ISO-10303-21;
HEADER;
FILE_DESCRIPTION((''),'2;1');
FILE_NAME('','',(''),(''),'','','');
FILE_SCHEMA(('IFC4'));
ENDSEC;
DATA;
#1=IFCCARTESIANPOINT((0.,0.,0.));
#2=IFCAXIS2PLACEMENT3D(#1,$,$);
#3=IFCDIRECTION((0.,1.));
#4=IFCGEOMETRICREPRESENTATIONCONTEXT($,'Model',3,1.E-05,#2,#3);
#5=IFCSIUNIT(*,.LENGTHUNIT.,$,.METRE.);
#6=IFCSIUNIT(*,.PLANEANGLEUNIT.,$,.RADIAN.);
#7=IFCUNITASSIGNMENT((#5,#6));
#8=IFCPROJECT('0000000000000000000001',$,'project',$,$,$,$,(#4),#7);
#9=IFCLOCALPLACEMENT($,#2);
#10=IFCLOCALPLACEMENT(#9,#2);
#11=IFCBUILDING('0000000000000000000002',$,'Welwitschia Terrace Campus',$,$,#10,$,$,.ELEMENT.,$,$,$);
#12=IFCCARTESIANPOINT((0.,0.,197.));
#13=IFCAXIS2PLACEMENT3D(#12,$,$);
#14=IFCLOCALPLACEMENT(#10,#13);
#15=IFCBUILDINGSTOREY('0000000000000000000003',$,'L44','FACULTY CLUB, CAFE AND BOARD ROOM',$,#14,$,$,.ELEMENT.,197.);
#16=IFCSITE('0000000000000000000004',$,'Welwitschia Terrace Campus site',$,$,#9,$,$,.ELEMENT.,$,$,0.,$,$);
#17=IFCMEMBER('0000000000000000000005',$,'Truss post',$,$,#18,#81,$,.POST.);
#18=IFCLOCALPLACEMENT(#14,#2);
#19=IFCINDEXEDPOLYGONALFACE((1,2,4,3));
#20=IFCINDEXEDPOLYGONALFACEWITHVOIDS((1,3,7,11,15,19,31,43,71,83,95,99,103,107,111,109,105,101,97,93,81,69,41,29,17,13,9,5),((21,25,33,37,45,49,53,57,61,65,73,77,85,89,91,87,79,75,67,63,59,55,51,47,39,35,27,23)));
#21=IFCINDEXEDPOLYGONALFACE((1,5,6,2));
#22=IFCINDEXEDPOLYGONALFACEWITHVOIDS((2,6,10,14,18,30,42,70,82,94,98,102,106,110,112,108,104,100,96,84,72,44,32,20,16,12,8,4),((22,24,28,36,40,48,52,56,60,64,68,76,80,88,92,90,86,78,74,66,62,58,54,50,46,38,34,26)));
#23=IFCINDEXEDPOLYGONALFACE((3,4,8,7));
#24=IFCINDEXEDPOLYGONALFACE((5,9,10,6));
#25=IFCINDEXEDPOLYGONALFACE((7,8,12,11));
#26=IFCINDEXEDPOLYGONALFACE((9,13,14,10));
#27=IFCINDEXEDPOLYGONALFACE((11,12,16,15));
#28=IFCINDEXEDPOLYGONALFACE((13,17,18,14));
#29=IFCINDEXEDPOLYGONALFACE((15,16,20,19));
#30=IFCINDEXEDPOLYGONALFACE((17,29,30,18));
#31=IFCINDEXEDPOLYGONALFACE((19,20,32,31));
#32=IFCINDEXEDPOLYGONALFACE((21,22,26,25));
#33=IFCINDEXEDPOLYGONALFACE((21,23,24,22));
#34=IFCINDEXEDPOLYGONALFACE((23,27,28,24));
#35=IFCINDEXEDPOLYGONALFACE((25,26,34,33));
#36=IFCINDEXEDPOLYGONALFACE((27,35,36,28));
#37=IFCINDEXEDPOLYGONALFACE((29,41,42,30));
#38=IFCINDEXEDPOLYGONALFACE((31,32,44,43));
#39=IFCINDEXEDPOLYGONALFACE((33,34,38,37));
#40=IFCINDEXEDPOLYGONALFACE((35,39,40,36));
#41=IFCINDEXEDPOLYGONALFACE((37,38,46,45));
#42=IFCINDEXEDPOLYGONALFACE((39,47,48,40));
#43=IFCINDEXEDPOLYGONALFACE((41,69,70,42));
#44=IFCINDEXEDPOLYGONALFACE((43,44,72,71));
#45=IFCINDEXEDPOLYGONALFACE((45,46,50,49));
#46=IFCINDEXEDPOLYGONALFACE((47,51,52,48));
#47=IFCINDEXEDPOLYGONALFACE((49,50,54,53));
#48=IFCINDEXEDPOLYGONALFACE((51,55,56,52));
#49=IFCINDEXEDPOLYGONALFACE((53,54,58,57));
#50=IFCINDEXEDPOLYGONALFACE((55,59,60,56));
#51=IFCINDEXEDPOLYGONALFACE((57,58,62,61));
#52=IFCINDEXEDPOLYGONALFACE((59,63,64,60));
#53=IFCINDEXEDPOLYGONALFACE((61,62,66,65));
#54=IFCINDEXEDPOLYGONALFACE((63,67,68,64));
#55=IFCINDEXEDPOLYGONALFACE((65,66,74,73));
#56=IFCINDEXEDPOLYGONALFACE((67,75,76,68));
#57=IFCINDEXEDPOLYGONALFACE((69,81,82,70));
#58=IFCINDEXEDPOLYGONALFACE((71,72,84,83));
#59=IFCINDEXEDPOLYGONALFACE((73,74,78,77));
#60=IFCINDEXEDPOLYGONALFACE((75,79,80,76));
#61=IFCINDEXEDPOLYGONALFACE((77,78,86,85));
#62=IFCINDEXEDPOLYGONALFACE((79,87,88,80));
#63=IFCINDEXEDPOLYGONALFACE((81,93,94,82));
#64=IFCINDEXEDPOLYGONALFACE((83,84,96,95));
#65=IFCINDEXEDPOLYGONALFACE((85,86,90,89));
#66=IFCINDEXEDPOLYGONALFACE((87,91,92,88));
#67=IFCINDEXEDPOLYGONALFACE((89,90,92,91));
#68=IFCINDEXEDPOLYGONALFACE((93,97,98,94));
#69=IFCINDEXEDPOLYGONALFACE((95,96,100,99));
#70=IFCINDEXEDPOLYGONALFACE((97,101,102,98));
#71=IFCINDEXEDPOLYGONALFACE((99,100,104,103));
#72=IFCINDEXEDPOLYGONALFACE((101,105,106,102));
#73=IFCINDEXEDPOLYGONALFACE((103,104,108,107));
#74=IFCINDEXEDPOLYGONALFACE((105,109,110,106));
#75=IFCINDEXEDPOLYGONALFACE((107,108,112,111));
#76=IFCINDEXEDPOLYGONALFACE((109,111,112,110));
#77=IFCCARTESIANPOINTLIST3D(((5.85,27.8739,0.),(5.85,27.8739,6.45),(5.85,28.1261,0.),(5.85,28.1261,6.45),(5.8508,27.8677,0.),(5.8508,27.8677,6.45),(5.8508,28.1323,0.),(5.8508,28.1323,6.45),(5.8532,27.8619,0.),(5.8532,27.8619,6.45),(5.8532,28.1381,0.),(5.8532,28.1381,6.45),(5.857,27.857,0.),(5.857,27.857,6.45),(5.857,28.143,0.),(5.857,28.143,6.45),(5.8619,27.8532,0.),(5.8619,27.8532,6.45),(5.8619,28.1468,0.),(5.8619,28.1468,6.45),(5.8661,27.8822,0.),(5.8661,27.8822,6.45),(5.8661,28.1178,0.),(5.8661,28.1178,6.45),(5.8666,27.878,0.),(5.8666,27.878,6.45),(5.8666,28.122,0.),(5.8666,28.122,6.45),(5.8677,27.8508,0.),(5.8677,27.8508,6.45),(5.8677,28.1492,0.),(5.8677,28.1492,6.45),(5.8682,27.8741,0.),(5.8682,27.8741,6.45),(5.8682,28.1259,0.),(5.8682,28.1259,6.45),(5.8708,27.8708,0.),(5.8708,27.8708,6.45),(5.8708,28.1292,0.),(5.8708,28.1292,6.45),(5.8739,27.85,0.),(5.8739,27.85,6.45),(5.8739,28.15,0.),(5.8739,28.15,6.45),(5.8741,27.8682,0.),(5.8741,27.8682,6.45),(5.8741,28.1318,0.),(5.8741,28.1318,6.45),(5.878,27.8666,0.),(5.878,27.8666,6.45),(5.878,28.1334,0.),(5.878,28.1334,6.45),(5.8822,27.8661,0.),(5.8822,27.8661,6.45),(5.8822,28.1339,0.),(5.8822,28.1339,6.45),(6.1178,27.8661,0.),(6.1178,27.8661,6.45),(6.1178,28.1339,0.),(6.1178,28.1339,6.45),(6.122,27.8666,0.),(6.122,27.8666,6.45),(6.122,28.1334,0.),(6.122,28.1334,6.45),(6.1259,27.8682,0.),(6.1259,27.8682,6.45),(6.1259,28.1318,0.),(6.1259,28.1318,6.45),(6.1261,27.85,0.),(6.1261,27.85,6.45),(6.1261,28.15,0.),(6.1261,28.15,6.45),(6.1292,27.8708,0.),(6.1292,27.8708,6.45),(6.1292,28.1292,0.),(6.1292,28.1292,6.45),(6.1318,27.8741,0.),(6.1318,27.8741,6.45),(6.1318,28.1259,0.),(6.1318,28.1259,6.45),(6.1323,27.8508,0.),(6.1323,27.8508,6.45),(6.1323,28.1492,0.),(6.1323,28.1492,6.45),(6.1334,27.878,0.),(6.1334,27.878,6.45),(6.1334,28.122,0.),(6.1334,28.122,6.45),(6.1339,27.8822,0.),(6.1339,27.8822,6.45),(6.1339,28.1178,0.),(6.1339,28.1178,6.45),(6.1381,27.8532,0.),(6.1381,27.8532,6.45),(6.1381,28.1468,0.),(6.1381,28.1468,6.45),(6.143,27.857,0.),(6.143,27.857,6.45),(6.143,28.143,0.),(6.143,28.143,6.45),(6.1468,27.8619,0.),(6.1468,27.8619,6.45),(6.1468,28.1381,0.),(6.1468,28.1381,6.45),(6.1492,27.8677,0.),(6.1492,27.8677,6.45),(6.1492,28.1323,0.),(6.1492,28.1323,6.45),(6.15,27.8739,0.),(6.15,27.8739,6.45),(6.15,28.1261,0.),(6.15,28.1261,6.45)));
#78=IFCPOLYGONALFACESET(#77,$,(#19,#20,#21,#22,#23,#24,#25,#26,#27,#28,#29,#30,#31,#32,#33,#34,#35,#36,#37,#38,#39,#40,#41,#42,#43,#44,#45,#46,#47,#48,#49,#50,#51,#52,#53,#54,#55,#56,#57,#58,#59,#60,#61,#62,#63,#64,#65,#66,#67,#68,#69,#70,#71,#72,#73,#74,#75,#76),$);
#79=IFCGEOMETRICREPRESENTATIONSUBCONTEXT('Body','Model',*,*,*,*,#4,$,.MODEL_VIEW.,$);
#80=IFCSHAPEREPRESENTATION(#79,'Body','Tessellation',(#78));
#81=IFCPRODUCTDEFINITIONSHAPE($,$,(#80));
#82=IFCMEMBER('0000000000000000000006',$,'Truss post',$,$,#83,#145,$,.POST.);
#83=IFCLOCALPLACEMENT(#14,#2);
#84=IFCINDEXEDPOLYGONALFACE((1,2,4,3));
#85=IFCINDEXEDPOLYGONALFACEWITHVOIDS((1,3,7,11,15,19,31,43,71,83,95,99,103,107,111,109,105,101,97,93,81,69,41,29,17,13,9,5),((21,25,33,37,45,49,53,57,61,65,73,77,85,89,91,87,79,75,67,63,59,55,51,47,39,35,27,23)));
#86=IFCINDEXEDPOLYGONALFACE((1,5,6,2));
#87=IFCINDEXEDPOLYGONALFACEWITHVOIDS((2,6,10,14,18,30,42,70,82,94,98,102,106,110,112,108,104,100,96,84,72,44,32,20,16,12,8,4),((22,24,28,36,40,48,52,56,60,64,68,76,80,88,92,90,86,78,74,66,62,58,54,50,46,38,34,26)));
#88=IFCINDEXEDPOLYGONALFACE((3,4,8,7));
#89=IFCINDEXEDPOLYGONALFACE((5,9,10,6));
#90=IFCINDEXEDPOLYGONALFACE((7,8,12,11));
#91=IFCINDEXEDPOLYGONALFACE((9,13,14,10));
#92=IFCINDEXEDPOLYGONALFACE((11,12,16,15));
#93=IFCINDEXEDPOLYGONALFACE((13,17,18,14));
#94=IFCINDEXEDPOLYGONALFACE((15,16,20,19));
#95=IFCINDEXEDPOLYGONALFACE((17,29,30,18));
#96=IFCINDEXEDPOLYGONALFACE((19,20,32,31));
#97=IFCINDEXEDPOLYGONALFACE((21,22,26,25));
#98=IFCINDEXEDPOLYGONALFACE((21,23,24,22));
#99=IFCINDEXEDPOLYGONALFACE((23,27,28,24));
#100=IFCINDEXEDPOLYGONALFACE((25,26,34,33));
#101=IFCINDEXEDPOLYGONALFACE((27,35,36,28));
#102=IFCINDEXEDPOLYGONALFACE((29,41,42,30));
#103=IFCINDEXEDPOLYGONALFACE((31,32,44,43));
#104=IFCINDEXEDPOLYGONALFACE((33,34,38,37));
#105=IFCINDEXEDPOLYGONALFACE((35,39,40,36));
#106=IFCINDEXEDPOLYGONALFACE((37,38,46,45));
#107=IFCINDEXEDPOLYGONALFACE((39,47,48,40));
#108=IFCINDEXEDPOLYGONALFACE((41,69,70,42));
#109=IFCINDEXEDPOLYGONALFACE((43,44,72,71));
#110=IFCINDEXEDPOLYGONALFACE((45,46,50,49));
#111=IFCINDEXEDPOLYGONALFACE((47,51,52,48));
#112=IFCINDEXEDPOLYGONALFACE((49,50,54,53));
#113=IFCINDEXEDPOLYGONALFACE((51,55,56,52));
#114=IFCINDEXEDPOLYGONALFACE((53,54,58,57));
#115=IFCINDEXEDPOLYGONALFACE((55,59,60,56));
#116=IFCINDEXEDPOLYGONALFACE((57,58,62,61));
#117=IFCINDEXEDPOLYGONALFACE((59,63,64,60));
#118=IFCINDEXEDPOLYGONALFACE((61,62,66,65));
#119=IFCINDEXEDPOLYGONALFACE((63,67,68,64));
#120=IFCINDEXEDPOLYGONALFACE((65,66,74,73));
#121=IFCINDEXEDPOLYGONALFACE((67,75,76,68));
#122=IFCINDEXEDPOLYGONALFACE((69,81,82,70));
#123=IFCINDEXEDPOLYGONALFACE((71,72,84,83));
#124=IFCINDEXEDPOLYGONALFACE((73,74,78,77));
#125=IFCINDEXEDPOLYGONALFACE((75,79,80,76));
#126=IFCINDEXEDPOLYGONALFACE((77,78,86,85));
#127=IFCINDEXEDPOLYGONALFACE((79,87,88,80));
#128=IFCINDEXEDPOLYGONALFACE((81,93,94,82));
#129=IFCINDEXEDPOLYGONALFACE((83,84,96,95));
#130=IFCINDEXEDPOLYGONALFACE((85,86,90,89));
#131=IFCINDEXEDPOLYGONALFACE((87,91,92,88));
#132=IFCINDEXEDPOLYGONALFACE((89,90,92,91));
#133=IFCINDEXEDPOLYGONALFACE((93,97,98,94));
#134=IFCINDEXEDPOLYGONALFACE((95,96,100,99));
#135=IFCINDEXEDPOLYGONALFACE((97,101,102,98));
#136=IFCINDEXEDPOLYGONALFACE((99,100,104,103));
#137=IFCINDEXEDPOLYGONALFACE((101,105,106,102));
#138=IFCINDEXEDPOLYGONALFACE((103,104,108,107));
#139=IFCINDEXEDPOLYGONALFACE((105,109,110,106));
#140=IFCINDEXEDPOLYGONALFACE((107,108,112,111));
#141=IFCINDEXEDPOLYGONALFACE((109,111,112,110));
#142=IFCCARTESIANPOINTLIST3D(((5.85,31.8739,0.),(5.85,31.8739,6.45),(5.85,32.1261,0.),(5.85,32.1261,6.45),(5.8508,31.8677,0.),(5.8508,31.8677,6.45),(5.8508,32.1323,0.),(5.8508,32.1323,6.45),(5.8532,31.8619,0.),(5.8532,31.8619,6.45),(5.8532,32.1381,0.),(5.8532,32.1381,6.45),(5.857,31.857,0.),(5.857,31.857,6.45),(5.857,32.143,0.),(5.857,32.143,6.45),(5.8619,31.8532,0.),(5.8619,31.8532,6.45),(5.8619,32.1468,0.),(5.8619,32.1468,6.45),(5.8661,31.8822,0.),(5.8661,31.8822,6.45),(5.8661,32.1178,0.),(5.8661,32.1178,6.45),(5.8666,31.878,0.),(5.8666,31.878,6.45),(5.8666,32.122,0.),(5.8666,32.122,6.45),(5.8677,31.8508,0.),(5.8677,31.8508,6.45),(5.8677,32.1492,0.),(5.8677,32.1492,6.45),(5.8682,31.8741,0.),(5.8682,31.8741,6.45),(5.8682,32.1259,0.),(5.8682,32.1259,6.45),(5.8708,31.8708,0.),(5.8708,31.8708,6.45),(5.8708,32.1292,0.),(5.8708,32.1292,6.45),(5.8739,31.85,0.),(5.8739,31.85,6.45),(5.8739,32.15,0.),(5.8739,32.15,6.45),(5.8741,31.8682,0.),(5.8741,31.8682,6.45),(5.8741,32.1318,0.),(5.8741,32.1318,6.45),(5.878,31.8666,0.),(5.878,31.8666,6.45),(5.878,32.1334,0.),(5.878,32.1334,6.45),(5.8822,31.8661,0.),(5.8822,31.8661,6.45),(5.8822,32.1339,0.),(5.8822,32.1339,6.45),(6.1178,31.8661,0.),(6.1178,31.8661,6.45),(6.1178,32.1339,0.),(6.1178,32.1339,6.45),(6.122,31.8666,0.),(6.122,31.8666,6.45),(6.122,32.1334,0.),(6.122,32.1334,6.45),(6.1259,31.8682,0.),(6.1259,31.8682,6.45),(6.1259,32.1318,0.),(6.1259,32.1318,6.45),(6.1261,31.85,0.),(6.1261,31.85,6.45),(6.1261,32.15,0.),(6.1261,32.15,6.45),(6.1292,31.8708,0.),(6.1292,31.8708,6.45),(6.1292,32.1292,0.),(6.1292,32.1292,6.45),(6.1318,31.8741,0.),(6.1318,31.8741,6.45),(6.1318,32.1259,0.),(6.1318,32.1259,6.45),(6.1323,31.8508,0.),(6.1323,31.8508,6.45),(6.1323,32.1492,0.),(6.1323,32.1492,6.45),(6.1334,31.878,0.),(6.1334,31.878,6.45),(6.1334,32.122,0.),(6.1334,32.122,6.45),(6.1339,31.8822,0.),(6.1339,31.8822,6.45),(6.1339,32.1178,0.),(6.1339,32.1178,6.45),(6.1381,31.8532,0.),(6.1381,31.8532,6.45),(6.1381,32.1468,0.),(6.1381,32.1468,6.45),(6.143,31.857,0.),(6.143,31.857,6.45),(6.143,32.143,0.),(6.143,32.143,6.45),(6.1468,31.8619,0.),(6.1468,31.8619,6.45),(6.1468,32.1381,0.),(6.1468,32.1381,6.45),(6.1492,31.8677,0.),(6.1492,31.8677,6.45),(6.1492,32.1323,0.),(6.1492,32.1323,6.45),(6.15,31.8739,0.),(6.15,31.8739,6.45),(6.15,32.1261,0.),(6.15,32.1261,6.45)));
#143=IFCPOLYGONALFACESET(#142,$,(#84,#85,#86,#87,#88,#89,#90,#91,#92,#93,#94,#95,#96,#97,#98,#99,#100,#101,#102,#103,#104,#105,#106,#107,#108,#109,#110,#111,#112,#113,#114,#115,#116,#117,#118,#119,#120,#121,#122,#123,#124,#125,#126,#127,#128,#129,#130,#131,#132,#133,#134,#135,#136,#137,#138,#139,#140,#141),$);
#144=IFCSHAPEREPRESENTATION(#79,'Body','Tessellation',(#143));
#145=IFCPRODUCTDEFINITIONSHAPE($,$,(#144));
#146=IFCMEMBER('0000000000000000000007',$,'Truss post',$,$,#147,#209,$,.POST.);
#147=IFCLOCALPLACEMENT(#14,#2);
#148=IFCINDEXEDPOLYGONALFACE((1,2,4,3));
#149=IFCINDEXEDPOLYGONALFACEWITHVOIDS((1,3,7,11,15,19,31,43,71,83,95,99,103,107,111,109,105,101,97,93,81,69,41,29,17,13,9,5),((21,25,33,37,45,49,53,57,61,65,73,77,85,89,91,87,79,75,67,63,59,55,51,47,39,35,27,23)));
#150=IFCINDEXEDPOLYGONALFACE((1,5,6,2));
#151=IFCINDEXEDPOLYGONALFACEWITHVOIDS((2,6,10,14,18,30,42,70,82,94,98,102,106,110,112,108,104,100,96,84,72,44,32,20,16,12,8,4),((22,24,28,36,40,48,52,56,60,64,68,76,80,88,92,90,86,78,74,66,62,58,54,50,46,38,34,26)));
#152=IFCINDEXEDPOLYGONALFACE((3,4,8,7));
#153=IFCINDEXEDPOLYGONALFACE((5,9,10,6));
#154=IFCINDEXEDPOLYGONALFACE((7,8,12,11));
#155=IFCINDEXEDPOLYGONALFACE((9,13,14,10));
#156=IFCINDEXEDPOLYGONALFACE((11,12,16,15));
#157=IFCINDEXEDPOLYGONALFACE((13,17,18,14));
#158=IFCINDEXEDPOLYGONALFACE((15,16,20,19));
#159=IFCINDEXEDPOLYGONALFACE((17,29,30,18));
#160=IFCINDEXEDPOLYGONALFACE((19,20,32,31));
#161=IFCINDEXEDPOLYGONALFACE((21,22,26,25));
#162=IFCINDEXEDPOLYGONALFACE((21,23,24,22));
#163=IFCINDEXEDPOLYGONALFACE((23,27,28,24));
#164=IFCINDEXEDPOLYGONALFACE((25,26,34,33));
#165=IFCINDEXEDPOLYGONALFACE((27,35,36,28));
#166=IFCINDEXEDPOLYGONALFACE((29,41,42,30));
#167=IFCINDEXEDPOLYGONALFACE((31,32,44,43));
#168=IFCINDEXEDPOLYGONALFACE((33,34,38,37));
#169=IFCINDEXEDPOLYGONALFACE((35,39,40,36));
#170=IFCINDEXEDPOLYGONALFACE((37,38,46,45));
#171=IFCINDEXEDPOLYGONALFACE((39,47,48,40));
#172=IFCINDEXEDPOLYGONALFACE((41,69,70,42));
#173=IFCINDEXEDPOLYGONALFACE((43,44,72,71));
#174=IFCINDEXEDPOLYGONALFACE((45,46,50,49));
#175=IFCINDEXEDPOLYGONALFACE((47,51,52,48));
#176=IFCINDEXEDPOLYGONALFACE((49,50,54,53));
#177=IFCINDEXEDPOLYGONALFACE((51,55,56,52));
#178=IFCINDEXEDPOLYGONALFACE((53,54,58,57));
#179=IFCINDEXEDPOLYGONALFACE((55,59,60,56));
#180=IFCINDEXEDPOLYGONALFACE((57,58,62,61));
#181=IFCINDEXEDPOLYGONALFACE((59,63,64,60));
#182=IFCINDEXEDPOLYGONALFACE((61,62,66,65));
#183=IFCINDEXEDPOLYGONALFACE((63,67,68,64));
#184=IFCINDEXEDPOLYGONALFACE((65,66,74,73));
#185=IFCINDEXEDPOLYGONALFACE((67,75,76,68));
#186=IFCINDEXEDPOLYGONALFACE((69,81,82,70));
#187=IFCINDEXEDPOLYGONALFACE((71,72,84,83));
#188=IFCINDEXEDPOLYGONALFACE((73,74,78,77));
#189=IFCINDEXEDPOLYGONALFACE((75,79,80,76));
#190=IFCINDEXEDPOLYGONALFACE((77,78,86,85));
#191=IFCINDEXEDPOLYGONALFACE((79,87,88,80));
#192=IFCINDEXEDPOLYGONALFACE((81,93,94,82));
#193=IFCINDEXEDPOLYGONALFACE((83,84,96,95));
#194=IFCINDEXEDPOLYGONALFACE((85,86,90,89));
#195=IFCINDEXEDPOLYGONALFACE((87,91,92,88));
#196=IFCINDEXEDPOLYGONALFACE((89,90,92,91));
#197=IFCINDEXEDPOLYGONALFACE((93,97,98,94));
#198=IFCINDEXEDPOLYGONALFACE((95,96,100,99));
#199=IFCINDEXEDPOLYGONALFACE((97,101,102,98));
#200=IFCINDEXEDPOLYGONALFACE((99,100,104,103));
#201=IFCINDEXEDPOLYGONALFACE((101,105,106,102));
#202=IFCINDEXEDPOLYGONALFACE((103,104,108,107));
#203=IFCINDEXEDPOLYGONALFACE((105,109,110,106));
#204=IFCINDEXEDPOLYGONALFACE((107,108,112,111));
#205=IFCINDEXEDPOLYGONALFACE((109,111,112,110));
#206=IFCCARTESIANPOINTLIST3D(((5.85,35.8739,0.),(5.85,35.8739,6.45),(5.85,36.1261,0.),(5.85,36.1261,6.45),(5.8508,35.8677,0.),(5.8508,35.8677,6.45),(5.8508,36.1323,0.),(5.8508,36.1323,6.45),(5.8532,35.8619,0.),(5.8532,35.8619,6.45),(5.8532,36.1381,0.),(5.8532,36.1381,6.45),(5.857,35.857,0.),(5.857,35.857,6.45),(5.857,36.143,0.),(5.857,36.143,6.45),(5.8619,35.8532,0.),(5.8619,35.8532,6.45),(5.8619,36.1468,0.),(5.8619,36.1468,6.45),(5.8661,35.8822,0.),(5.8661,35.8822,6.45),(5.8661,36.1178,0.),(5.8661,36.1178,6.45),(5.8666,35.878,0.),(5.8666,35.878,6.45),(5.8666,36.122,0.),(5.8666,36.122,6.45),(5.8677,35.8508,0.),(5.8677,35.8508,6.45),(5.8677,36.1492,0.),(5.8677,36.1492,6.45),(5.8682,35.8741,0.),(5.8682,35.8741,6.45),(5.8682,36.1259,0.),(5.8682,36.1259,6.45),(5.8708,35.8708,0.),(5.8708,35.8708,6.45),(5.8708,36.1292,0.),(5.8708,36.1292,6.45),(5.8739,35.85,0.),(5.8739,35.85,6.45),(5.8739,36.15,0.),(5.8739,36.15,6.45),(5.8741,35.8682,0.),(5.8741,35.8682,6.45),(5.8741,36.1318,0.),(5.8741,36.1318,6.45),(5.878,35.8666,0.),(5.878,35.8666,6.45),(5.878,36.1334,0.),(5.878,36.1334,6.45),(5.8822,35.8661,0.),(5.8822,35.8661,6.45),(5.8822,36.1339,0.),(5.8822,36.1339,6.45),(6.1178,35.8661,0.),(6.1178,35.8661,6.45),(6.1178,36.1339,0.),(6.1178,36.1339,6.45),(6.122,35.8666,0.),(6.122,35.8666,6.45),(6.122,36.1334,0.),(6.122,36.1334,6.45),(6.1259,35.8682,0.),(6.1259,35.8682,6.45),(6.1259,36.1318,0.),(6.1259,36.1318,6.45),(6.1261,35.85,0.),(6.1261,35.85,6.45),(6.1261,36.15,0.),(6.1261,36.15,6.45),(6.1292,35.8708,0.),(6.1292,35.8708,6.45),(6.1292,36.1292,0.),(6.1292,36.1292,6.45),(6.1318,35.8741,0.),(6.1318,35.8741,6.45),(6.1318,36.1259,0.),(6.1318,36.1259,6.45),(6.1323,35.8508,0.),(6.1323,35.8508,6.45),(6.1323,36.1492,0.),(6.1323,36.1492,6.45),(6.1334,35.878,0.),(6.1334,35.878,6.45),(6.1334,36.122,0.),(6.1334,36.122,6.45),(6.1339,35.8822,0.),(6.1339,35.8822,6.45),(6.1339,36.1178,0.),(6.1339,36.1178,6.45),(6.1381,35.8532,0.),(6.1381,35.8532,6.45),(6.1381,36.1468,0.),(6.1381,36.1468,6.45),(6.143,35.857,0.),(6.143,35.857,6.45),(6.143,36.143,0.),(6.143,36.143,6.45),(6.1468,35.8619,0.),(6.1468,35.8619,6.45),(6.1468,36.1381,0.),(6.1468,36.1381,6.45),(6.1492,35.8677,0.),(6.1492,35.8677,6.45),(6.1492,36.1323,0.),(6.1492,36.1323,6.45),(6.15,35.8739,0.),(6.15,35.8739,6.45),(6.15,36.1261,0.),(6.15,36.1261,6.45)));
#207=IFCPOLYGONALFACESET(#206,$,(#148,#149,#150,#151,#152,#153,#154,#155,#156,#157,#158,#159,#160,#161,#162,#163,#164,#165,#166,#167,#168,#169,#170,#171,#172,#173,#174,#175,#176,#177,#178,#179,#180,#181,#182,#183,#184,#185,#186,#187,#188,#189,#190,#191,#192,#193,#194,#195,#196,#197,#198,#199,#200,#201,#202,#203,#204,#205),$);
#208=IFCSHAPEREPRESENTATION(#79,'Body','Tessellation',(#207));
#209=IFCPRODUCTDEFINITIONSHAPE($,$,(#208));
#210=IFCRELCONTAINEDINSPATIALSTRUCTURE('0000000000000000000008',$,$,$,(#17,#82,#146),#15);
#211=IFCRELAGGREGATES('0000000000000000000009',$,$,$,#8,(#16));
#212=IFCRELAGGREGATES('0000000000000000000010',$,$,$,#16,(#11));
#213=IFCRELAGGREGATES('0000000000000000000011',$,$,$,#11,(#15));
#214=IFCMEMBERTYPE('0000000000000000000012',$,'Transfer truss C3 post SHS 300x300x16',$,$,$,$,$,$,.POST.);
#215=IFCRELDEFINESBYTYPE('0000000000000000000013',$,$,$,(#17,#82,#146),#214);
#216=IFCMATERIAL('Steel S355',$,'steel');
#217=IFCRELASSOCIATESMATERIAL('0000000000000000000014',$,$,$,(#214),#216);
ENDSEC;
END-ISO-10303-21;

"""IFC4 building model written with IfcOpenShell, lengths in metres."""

from ifc_helpers import new_model, si_unit, direction, frame, origin, origin_2d, place, context, subcontext, project, spatial, hollow_rectangle, extrude, material, material_profile, profile_set, type_object, element, save


model = new_model("IFC4")

# Units and contexts
model_context = context("Model", 3, precision=1e-05, world=origin(), true_north=direction((0.0, 1.0)))
body_context = subcontext(model_context, "Body", "Model", "MODEL_VIEW")
ifc_project = project(units=[si_unit("LENGTHUNIT", "METRE"), si_unit("PLANEANGLEUNIT", "RADIAN")], contexts=[model_context])

# Site, building, storey
site_placement = place(None, origin())
site = spatial("IfcSite", under=ifc_project, at=site_placement, Name="Welwitschia Terrace Campus site", CompositionType="ELEMENT", RefElevation=0.0)
building_placement = place(site_placement, origin())
building = spatial("IfcBuilding", under=site, at=building_placement, Name="Welwitschia Terrace Campus", CompositionType="ELEMENT")
storey_placement = place(building_placement, frame((0.0, 0.0, 197.0)))
storey = spatial("IfcBuildingStorey", under=building, at=storey_placement, Name="L44", Description="FACULTY CLUB, CAFE AND BOARD ROOM", CompositionType="ELEMENT", Elevation=197.0)

# Members
ifc_material_1 = material(Name="Steel S355", Category="steel")
ifc_material_profile_1 = material_profile(ifc_material_1, hollow_rectangle(XDim=0.3, YDim=0.3, WallThickness=0.0161, InnerFilletRadius=0.0161, OuterFilletRadius=0.0239, at=origin_2d()))
ifc_profile_set_1 = profile_set([ifc_material_profile_1], Name="Steel S355")
member_type_1 = type_object("IfcMemberType", Name="Transfer truss C3 post SHS 300x300x16", PredefinedType="POST", material=ifc_profile_set_1)
for number, where, z_axis, x_axis, name in (
    (1, (6.0, 28.0, 0.0), (0.0, 0.0, 1.0), (1.0, 0.0, 0.0), "Truss post"),
    (2, (6.0, 32.0, 0.0), (0.0, 0.0, 1.0), (1.0, 0.0, 0.0), "Truss post"),
    (3, (6.0, 36.0, 0.0), (0.0, 0.0, 1.0), (1.0, 0.0, 0.0), "Truss post"),
):
    element("IfcMember", number, at=place(storey_placement, frame(where, z_axis=z_axis, x_axis=x_axis)), inside=storey, type_object=member_type_1, Name=name, PredefinedType="POST", context=body_context, shape_type="SweptSolid", body=[
        extrude(hollow_rectangle(XDim=0.3, YDim=0.3, WallThickness=0.0161, InnerFilletRadius=0.0161, OuterFilletRadius=0.0239, at=origin_2d()), origin(), (0.0, 0.0, 1.0), 6.45),
    ])

save(model, "model.ifc")
